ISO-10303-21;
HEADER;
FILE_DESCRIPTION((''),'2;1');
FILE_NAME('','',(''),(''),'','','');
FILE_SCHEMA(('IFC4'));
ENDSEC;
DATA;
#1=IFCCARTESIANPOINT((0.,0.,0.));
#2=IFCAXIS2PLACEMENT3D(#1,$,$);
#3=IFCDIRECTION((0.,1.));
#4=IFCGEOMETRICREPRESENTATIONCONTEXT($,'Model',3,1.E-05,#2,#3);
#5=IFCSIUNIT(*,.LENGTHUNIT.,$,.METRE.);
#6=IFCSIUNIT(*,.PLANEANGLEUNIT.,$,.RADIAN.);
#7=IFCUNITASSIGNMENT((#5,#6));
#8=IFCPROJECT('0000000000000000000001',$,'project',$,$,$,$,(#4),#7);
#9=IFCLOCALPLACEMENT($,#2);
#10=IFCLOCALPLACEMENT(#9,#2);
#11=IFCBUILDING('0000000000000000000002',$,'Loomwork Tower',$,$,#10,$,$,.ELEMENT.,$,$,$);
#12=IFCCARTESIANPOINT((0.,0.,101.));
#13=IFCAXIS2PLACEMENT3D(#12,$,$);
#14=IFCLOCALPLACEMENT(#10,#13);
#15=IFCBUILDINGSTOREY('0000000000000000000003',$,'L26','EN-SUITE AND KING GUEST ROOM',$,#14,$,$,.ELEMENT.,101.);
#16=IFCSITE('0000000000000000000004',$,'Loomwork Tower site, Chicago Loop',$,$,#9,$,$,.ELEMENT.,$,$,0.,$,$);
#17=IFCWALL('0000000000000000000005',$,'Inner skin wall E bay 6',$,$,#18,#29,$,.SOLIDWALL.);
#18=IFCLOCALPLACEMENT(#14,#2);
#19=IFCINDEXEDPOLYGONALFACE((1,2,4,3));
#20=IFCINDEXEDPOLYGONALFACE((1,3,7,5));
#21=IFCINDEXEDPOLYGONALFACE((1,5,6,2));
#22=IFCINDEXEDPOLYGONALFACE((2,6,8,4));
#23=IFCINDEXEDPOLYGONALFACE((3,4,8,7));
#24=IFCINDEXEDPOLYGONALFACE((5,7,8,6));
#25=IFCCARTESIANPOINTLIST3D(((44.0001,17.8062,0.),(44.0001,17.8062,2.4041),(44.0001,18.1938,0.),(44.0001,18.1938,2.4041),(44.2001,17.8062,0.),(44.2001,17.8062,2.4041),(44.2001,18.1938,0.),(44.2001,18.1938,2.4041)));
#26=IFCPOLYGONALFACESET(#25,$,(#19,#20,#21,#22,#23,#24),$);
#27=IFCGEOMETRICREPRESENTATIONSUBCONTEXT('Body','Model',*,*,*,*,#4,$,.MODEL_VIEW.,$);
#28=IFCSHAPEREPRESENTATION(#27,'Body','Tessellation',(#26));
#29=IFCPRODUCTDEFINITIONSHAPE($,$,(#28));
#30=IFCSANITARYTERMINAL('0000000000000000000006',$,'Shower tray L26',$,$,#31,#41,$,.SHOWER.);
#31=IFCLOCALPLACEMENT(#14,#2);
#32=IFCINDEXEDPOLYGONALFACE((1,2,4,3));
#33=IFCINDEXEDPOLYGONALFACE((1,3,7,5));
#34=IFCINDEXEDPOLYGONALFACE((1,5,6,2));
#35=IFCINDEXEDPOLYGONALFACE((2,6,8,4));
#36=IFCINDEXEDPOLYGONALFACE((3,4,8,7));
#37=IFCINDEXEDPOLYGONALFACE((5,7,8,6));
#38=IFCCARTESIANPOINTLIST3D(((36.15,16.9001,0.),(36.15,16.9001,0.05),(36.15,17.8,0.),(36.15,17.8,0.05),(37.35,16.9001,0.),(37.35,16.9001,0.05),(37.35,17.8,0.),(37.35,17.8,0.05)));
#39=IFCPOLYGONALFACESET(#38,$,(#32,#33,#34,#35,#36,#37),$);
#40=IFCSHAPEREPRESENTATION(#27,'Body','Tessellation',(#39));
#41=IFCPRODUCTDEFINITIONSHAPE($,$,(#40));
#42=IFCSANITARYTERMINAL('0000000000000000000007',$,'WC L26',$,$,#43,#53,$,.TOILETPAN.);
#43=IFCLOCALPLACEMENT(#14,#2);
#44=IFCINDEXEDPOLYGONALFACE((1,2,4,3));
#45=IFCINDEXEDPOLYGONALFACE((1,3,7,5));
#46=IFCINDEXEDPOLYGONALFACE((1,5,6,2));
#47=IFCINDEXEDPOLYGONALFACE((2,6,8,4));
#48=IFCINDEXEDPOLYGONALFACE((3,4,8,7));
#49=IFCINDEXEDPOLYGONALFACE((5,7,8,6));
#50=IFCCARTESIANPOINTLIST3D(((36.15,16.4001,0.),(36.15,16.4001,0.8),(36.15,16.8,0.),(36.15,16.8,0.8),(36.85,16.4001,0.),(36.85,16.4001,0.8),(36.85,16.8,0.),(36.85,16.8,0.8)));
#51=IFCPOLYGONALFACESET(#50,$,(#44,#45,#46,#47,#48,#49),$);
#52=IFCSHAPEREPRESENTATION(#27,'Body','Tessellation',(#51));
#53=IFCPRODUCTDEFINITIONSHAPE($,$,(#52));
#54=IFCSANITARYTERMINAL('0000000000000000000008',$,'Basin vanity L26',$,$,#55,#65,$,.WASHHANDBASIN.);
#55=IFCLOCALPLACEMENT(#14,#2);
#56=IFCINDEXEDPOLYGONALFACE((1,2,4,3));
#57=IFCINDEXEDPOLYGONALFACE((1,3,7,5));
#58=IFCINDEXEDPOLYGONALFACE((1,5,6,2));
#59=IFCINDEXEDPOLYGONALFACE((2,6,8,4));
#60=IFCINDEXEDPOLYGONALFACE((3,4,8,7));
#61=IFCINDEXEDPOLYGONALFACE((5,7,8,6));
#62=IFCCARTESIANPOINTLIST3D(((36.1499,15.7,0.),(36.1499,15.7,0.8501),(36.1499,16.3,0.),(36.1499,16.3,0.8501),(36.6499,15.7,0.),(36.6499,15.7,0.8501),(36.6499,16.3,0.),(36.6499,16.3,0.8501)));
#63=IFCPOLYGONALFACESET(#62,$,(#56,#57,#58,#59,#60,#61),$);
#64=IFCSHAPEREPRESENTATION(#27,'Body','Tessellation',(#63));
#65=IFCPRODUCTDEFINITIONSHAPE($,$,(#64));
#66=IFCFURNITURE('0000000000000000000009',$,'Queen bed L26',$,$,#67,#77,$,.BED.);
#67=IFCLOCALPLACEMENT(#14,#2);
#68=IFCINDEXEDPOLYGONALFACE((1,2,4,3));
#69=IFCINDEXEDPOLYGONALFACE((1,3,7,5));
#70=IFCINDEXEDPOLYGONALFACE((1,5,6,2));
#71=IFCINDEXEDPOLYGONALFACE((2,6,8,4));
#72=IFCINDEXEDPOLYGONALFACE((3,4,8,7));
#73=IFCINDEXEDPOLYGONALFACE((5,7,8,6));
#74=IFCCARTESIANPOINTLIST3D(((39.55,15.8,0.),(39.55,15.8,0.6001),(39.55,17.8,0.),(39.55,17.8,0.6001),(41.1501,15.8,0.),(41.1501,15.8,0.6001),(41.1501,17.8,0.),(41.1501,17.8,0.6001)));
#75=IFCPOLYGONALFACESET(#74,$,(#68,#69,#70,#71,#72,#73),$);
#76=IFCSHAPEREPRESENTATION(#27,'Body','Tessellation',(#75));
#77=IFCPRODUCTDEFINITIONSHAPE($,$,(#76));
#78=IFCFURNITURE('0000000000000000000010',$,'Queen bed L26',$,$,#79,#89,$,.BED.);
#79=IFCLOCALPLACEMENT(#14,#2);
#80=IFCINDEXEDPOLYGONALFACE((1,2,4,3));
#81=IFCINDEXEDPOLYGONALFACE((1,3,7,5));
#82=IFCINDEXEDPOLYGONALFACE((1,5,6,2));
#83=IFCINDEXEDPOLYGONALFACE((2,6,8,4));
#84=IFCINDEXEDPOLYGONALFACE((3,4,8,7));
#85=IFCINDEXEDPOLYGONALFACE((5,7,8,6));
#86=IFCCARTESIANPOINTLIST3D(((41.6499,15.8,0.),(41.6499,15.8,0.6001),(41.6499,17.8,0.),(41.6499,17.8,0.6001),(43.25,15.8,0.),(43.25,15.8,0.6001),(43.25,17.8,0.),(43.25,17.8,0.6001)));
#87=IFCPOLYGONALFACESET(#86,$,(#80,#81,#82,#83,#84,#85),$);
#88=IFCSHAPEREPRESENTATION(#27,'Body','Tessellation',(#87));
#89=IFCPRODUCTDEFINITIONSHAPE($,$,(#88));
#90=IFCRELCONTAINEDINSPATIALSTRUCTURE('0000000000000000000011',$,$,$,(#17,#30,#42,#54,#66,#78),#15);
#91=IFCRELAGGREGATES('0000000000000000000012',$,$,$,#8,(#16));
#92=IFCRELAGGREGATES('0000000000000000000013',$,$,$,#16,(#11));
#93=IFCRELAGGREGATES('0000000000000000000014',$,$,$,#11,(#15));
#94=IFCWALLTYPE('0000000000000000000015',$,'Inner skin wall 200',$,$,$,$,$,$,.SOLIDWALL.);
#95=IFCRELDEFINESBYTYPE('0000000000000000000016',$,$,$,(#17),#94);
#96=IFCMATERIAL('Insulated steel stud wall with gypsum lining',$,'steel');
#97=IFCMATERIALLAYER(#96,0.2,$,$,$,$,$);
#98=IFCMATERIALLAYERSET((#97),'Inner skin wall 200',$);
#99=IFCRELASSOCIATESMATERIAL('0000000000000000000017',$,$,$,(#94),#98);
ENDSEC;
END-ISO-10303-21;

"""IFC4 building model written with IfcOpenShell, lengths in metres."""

from ifc_helpers import new_model, si_unit, direction, frame, frame_2d, origin, origin_2d, place, context, subcontext, project, spatial, rectangle, extrude, material, layer, layer_set, type_object, element, save


model = new_model("IFC4")

# Units and contexts
model_context = context("Model", 3, precision=1e-05, world=origin(), true_north=direction((0.0, 1.0)))
body_context = subcontext(model_context, "Body", "Model", "MODEL_VIEW")
ifc_project = project(units=[si_unit("LENGTHUNIT", "METRE"), si_unit("PLANEANGLEUNIT", "RADIAN")], contexts=[model_context])

# Site, building, storey
site_placement = place(None, origin())
site = spatial("IfcSite", under=ifc_project, at=site_placement, Name="Loomwork Tower site, Chicago Loop", CompositionType="ELEMENT", RefElevation=0.0)
building_placement = place(site_placement, origin())
building = spatial("IfcBuilding", under=site, at=building_placement, Name="Loomwork Tower", CompositionType="ELEMENT")
storey_placement = place(building_placement, frame((0.0, 0.0, 101.0)))
storey = spatial("IfcBuildingStorey", under=building, at=storey_placement, Name="L26", Description="EN-SUITE AND KING GUEST ROOM", CompositionType="ELEMENT", Elevation=101.0)

# Wall
ifc_material_1 = material(Name="Insulated steel stud wall with gypsum lining", Category="steel")
ifc_layer_1 = layer(ifc_material_1, 0.2)
ifc_layer_set_1 = layer_set([ifc_layer_1], Name="Inner skin wall 200")
wall_type_1 = type_object("IfcWallType", Name="Inner skin wall 200", PredefinedType="SOLIDWALL", material=ifc_layer_set_1)
wall_1_placement = place(storey_placement, frame((44.1001, 17.8062, 0.0), z_axis=(0.0, 0.0, 1.0), x_axis=(0.0, 1.0, 0.0)))
element("IfcWall", 1, at=wall_1_placement, inside=storey, type_object=wall_type_1, Name="Inner skin wall E bay 6", PredefinedType="SOLIDWALL", context=body_context, shape_type="SweptSolid", body=[
    extrude(rectangle(XDim=0.3877, YDim=0.2, at=frame_2d((0.1938, 0.0))), origin(), (0.0, 0.0, 1.0), 2.4041),
])

# Sanitary terminals
sanitary_terminal_1_placement = place(storey_placement, frame((36.75, 17.3501, 0.0), z_axis=(0.0, 0.0, 1.0), x_axis=(1.0, 0.0, 0.0)))
element("IfcSanitaryTerminal", 2, at=sanitary_terminal_1_placement, inside=storey, Name="Shower tray L26", PredefinedType="SHOWER", context=body_context, shape_type="SweptSolid", body=[
    extrude(rectangle(XDim=1.2, YDim=0.8999, at=origin_2d()), origin(), (0.0, 0.0, 1.0), 0.05),
])
sanitary_terminal_2_placement = place(storey_placement, frame((36.5, 16.6001, 0.0), z_axis=(0.0, 0.0, 1.0), x_axis=(1.0, 0.0, 0.0)))
element("IfcSanitaryTerminal", 3, at=sanitary_terminal_2_placement, inside=storey, Name="WC L26", PredefinedType="TOILETPAN", context=body_context, shape_type="SweptSolid", body=[
    extrude(rectangle(XDim=0.7, YDim=0.3999, at=origin_2d()), origin(), (0.0, 0.0, 1.0), 0.8),
])
sanitary_terminal_3_placement = place(storey_placement, frame((36.3999, 16.0, 0.0), z_axis=(0.0, 0.0, 1.0), x_axis=(1.0, 0.0, 0.0)))
element("IfcSanitaryTerminal", 4, at=sanitary_terminal_3_placement, inside=storey, Name="Basin vanity L26", PredefinedType="WASHHANDBASIN", context=body_context, shape_type="SweptSolid", body=[
    extrude(rectangle(XDim=0.5, YDim=0.6001, at=origin_2d()), origin(), (0.0, 0.0, 1.0), 0.8501),
])

# Furniture
for number, where, z_axis, x_axis, name in (
    (5, (40.3501, 16.8, 0.0), (0.0, 0.0, 1.0), (1.0, 0.0, 0.0), "Queen bed L26"),
    (6, (42.45, 16.8, 0.0), (0.0, 0.0, 1.0), (1.0, 0.0, 0.0), "Queen bed L26"),
):
    element("IfcFurniture", number, at=place(storey_placement, frame(where, z_axis=z_axis, x_axis=x_axis)), inside=storey, Name=name, PredefinedType="BED", context=body_context, shape_type="SweptSolid", body=[
        extrude(rectangle(XDim=1.6001, YDim=2.0, at=origin_2d()), origin(), (0.0, 0.0, 1.0), 0.6001),
    ])

save(model, "model.ifc")
